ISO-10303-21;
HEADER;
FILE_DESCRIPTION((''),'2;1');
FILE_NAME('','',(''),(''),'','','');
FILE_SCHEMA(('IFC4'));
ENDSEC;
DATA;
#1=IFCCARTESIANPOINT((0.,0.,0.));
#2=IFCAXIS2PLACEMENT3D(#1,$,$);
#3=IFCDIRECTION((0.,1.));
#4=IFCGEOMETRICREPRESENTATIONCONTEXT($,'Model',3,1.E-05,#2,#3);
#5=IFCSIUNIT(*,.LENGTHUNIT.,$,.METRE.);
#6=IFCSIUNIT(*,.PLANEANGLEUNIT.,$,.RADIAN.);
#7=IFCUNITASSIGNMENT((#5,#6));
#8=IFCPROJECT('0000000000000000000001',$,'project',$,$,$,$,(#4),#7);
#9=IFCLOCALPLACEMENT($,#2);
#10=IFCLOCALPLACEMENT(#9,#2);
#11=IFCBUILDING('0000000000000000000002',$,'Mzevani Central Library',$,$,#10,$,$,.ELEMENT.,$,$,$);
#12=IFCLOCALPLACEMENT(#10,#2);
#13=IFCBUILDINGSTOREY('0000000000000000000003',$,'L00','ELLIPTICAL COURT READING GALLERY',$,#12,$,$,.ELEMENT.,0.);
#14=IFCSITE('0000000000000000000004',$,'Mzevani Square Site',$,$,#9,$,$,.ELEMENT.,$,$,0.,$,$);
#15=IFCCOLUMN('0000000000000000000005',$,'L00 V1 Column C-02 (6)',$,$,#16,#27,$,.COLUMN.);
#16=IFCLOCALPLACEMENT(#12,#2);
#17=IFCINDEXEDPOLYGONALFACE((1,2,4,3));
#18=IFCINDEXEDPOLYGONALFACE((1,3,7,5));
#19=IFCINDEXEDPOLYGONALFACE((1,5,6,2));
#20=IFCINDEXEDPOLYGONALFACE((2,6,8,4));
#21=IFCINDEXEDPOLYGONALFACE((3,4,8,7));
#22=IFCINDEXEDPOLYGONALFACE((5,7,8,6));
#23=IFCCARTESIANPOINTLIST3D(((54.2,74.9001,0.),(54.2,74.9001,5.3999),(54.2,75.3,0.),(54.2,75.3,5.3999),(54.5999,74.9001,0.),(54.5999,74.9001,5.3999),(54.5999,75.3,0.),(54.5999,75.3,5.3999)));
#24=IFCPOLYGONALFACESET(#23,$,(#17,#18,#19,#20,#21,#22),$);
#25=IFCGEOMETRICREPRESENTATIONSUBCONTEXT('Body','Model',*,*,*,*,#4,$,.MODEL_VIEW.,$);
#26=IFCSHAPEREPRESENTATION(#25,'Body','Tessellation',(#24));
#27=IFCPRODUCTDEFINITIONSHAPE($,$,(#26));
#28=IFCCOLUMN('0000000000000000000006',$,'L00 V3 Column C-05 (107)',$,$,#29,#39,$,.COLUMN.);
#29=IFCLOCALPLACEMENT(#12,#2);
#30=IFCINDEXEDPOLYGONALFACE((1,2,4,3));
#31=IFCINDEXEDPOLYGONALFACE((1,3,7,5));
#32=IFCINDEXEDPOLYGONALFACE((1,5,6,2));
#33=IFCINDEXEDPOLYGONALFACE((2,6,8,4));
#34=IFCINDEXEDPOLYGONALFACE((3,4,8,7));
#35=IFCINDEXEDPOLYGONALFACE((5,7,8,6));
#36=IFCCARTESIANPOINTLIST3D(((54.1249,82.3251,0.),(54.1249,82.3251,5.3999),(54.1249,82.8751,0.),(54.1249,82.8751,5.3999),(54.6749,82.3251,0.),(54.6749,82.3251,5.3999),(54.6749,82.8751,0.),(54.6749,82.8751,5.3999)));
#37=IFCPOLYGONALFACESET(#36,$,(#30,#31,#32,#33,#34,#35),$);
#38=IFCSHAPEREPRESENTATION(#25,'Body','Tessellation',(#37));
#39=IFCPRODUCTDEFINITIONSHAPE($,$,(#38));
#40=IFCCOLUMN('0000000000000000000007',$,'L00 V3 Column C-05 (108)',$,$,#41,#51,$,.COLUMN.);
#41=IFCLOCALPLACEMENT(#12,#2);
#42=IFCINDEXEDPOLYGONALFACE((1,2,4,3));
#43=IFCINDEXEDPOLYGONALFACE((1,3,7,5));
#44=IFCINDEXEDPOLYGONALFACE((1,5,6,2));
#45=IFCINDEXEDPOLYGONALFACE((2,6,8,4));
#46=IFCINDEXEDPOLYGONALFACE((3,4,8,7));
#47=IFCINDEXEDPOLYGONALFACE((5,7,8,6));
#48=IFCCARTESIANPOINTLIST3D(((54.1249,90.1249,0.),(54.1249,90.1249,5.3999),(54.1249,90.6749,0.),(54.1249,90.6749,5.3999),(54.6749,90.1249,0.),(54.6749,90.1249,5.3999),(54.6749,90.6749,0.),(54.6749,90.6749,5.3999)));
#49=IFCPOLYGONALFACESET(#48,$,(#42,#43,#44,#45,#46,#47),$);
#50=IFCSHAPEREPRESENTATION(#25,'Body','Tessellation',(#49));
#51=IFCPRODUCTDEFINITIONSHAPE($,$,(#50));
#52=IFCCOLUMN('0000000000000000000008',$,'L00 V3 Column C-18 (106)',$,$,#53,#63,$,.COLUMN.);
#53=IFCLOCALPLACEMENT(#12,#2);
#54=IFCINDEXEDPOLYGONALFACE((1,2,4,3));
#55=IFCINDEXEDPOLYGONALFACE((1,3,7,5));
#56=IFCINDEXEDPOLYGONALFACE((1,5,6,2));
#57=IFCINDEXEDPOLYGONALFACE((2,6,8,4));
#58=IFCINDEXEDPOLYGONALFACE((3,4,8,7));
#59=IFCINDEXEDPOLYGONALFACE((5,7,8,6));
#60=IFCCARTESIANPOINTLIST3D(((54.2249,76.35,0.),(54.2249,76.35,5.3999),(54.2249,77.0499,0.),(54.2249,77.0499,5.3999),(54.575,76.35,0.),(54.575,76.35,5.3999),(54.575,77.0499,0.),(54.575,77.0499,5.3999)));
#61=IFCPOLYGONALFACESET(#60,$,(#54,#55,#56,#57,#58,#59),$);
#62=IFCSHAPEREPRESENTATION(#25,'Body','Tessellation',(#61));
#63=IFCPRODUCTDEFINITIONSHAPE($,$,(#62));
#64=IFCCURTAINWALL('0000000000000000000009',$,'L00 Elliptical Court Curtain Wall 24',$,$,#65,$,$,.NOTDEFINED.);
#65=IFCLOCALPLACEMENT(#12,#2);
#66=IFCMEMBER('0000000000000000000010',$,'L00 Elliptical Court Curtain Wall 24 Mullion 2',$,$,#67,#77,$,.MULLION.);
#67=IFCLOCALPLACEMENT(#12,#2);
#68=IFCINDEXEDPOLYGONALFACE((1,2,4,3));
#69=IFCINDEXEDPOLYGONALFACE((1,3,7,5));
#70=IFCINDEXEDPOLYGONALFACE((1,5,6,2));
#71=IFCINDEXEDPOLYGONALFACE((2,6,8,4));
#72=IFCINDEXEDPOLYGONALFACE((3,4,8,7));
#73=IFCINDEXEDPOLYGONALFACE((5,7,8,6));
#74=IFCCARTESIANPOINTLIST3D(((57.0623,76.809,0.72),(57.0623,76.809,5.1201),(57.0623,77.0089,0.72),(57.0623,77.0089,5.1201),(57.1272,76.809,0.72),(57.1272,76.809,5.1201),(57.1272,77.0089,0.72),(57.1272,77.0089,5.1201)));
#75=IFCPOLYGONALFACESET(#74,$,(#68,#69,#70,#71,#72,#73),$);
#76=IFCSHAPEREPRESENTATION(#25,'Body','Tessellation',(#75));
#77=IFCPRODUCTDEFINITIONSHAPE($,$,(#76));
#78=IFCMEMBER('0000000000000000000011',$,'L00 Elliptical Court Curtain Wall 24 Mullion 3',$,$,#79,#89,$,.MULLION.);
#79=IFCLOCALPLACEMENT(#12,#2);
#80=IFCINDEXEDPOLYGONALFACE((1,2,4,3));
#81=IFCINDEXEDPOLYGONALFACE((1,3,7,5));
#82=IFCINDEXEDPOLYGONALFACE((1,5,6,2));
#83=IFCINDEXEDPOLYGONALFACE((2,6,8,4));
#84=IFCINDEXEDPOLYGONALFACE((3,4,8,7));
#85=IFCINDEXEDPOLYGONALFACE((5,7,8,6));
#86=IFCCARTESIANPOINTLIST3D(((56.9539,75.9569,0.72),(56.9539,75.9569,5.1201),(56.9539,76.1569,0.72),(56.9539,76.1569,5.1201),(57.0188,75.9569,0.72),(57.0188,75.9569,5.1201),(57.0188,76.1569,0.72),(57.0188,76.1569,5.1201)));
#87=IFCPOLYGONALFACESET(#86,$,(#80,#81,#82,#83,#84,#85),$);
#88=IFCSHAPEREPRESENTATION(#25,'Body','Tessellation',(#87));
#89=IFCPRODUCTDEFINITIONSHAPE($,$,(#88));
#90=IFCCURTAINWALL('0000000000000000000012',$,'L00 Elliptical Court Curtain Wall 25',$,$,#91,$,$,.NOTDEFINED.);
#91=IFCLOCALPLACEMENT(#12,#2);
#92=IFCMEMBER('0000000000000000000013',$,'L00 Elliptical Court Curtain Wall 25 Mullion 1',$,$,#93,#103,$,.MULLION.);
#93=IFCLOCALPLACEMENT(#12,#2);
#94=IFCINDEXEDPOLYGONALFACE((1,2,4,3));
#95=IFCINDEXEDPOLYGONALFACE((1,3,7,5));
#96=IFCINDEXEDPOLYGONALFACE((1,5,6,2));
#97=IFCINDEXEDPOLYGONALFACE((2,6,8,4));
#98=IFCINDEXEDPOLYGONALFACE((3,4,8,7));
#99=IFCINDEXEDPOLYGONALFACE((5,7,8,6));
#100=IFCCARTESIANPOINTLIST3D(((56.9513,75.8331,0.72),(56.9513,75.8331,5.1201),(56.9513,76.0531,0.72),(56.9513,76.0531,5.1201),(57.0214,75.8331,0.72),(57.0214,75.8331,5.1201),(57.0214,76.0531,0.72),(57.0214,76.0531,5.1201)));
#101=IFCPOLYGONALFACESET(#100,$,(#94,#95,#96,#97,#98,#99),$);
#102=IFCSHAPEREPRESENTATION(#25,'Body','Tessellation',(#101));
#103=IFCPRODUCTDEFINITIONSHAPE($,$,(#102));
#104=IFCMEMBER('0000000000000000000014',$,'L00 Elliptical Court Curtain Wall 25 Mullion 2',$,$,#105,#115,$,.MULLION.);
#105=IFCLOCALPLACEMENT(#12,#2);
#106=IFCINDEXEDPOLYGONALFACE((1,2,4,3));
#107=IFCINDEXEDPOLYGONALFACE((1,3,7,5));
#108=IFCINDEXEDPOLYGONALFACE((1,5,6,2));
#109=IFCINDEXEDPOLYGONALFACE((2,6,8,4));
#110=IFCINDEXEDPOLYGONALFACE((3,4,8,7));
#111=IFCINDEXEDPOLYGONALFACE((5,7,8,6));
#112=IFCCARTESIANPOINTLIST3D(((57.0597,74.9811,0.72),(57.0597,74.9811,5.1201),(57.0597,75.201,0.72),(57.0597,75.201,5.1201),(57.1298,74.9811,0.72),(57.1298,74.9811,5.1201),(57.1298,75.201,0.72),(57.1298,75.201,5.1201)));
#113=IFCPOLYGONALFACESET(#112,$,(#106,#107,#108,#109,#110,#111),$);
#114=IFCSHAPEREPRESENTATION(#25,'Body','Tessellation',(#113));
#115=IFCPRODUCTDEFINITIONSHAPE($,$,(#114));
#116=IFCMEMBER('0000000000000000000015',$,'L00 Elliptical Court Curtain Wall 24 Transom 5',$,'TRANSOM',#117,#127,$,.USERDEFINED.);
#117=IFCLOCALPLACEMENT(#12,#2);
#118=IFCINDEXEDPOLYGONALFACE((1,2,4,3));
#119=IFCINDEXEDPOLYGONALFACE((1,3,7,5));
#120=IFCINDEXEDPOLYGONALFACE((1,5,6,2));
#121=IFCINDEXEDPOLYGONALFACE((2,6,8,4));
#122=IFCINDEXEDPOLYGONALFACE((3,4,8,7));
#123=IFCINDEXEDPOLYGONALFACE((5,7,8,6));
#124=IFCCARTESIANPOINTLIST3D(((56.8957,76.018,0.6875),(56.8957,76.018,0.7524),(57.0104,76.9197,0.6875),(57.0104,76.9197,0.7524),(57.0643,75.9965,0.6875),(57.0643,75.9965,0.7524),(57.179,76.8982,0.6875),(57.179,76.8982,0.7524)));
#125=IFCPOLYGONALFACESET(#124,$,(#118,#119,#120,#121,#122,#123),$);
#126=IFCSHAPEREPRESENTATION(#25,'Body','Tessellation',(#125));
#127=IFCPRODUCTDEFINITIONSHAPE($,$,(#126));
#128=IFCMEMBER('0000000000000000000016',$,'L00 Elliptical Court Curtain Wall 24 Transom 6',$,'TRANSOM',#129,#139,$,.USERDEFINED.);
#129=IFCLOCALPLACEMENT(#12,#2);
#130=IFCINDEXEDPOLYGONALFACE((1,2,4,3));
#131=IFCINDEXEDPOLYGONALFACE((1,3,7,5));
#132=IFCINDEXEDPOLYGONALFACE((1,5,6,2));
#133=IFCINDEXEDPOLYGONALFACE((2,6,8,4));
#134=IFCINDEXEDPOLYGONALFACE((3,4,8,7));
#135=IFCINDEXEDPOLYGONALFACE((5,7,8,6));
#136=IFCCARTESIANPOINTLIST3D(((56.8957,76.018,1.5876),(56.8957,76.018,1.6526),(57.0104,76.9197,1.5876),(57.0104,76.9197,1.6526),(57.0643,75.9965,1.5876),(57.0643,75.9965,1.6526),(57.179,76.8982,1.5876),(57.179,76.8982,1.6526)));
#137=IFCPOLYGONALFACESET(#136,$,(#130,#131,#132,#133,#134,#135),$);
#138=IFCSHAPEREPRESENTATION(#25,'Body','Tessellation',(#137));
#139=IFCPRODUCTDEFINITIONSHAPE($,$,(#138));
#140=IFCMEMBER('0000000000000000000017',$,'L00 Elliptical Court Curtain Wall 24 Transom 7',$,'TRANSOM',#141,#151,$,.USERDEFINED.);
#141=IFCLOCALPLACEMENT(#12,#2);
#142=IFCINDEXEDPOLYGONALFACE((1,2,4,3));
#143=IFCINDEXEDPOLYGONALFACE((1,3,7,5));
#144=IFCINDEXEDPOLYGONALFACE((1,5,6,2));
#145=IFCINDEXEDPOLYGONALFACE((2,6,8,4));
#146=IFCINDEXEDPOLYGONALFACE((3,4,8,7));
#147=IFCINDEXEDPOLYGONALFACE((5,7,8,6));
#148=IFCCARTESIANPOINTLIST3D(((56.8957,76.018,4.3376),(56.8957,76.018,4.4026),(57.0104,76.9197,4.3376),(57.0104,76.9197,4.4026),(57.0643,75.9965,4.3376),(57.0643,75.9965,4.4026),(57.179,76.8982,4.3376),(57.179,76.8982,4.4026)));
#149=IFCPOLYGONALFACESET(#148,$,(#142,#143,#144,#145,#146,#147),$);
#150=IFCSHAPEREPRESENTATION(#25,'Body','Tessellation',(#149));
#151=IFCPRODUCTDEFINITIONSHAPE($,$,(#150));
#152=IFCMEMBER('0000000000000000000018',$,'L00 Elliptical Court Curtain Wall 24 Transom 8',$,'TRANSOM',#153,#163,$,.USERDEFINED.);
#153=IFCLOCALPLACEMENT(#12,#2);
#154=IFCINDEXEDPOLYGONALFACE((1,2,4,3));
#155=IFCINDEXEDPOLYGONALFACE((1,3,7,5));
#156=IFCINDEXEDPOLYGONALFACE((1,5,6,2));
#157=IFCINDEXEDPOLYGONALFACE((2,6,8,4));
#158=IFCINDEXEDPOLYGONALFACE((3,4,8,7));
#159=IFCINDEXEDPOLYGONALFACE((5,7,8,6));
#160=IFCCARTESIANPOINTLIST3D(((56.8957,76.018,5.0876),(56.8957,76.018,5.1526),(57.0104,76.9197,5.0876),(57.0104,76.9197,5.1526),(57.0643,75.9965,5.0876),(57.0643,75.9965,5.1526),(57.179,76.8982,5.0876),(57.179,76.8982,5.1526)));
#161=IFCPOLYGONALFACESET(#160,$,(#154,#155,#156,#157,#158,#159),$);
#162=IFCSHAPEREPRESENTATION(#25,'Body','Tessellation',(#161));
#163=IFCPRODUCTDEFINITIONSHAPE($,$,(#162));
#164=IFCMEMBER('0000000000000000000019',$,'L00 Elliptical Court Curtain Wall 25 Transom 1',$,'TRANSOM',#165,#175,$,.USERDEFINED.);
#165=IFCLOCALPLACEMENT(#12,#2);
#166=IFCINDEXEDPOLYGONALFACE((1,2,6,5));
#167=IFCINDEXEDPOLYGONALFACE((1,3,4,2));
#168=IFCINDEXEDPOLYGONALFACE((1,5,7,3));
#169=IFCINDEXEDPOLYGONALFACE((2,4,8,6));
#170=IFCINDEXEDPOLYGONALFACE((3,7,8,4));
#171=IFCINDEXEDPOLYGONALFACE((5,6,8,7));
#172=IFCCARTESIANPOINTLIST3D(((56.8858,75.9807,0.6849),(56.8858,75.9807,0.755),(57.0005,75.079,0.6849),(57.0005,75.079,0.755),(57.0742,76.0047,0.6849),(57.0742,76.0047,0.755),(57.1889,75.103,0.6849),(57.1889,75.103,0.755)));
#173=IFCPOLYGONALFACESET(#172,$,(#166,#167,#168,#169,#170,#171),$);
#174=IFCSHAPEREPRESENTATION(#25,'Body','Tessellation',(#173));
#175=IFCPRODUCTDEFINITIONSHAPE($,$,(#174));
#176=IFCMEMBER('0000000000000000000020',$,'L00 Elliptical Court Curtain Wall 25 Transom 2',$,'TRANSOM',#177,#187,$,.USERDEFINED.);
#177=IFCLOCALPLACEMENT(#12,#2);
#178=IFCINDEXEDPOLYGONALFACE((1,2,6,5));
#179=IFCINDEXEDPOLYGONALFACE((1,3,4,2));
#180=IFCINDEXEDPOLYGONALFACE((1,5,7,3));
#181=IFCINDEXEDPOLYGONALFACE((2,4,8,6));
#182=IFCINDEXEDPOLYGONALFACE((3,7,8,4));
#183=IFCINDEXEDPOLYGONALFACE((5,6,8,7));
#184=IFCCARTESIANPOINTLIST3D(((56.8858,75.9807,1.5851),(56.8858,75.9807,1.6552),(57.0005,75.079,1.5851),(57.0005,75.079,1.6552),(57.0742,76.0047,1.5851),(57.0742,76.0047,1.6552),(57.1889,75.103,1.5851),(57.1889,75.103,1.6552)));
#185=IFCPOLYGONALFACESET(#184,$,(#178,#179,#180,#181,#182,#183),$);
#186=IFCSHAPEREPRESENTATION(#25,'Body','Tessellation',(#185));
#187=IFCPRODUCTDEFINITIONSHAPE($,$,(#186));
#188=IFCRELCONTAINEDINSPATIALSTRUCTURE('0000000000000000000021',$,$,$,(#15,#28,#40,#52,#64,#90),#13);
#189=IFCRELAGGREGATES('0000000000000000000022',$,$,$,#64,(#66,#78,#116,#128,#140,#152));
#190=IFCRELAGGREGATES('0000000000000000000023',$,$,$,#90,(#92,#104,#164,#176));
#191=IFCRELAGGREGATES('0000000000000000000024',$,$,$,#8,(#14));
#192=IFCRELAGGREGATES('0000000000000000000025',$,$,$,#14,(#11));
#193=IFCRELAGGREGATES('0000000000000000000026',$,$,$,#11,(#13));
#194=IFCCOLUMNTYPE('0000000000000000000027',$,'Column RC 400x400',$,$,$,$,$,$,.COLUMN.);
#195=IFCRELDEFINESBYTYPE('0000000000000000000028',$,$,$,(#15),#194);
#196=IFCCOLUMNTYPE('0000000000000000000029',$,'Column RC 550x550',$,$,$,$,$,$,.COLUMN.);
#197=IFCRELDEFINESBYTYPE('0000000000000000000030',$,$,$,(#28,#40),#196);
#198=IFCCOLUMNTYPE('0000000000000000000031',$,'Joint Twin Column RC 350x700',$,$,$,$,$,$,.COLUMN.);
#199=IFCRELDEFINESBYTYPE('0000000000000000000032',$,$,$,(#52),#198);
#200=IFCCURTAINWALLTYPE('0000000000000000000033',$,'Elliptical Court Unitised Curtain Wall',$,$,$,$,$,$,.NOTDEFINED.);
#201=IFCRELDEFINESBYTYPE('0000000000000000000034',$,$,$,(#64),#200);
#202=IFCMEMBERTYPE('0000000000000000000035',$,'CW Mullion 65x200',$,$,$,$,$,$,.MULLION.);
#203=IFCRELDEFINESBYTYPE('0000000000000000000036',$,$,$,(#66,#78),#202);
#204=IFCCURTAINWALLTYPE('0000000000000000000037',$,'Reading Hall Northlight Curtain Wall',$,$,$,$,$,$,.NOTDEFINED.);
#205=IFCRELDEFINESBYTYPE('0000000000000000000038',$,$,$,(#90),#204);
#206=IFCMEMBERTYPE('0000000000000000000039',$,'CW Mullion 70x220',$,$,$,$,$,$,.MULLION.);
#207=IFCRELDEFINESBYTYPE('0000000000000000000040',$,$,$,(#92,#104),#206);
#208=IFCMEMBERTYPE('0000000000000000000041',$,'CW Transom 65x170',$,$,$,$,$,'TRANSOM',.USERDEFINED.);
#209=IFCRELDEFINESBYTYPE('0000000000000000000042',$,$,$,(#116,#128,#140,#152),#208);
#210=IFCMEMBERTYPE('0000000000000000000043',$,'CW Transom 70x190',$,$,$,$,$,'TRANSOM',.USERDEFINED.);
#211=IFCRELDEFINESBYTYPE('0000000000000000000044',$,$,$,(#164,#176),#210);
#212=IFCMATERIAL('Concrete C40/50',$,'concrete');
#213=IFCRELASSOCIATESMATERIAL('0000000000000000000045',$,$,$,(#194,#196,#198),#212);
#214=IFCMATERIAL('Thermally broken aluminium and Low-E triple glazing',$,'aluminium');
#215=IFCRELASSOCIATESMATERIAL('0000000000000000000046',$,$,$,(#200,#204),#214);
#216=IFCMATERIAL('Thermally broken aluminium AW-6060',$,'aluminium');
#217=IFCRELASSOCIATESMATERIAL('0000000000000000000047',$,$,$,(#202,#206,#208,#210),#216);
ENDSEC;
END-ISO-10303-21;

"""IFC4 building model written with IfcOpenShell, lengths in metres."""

from ifc_helpers import new_model, si_unit, direction, frame, origin, origin_2d, place, context, subcontext, project, spatial, rectangle, extrude, material, material_profile, profile_set, type_object, element, aggregate, save


model = new_model("IFC4")

# Units and contexts
model_context = context("Model", 3, precision=1e-05, world=origin(), true_north=direction((0.0, 1.0)))
body_context = subcontext(model_context, "Body", "Model", "MODEL_VIEW")
ifc_project = project(units=[si_unit("LENGTHUNIT", "METRE"), si_unit("PLANEANGLEUNIT", "RADIAN")], contexts=[model_context])

# Site, building, storey
site_placement = place(None, origin())
site = spatial("IfcSite", under=ifc_project, at=site_placement, Name="Mzevani Square Site", CompositionType="ELEMENT", RefElevation=0.0)
building_placement = place(site_placement, origin())
building = spatial("IfcBuilding", under=site, at=building_placement, Name="Mzevani Central Library", CompositionType="ELEMENT")
storey_placement = place(building_placement, origin())
storey = spatial("IfcBuildingStorey", under=building, at=storey_placement, Name="L00", Description="ELLIPTICAL COURT READING GALLERY", CompositionType="ELEMENT", Elevation=0.0)

# Columns
ifc_material_1 = material(Name="Concrete C40/50", Category="concrete")
ifc_material_profile_1 = material_profile(ifc_material_1, rectangle(XDim=0.3999, YDim=0.3999, at=origin_2d()), Name="RC 400x400")
ifc_profile_set_1 = profile_set([ifc_material_profile_1], Name="Concrete C40/50")
column_type_1 = type_object("IfcColumnType", Name="Column RC 400x400", PredefinedType="COLUMN", material=ifc_profile_set_1)
column_1_placement = place(storey_placement, frame((54.3999, 75.1001, 0.0), z_axis=(0.0, 0.0, 1.0), x_axis=(1.0, 0.0, 0.0)))
element("IfcColumn", 1, at=column_1_placement, inside=storey, type_object=column_type_1, Name="L00 V1 Column C-02 (6)", PredefinedType="COLUMN", context=body_context, shape_type="SweptSolid", body=[
    extrude(rectangle(XDim=0.3999, YDim=0.3999, at=origin_2d()), origin(), (0.0, 0.0, 1.0), 5.3999),
])
ifc_material_profile_2 = material_profile(ifc_material_1, rectangle(XDim=0.55, YDim=0.55, at=origin_2d()), Name="RC 550x550")
ifc_profile_set_2 = profile_set([ifc_material_profile_2], Name="Concrete C40/50")
column_type_2 = type_object("IfcColumnType", Name="Column RC 550x550", PredefinedType="COLUMN", material=ifc_profile_set_2)
for number, where, z_axis, x_axis, name in (
    (2, (54.3999, 82.6001, 0.0), (0.0, 0.0, 1.0), (1.0, 0.0, 0.0), "L00 V3 Column C-05 (107)"),
    (3, (54.3999, 90.3999, 0.0), (0.0, 0.0, 1.0), (1.0, 0.0, 0.0), "L00 V3 Column C-05 (108)"),
):
    element("IfcColumn", number, at=place(storey_placement, frame(where, z_axis=z_axis, x_axis=x_axis)), inside=storey, type_object=column_type_2, Name=name, PredefinedType="COLUMN", context=body_context, shape_type="SweptSolid", body=[
        extrude(rectangle(XDim=0.55, YDim=0.55, at=origin_2d()), origin(), (0.0, 0.0, 1.0), 5.3999),
    ])
ifc_material_profile_3 = material_profile(ifc_material_1, rectangle(XDim=0.3501, YDim=0.7, at=origin_2d()), Name="RC 350x700")
ifc_profile_set_3 = profile_set([ifc_material_profile_3], Name="Concrete C40/50")
column_type_3 = type_object("IfcColumnType", Name="Joint Twin Column RC 350x700", PredefinedType="COLUMN", material=ifc_profile_set_3)
column_2_placement = place(storey_placement, frame((54.3999, 76.7, 0.0), z_axis=(0.0, 0.0, 1.0), x_axis=(1.0, 0.0, 0.0)))
element("IfcColumn", 4, at=column_2_placement, inside=storey, type_object=column_type_3, Name="L00 V3 Column C-18 (106)", PredefinedType="COLUMN", context=body_context, shape_type="SweptSolid", body=[
    extrude(rectangle(XDim=0.3501, YDim=0.7, at=origin_2d()), origin(), (0.0, 0.0, 1.0), 5.3999),
])

# Curtain walls, members
ifc_material_2 = material(Name="Thermally broken aluminium and Low-E triple glazing", Category="aluminium")
curtain_wall_type_1 = type_object("IfcCurtainWallType", Name="Elliptical Court Unitised Curtain Wall", PredefinedType="NOTDEFINED", material=ifc_material_2)
curtain_wall_1_placement = place(storey_placement, origin())
curtain_wall_1 = element("IfcCurtainWall", 5, at=curtain_wall_1_placement, inside=storey, type_object=curtain_wall_type_1, Name="L00 Elliptical Court Curtain Wall 24", PredefinedType="NOTDEFINED")
ifc_material_3 = material(Name="Thermally broken aluminium AW-6060", Category="aluminium")
ifc_material_profile_4 = material_profile(ifc_material_3, rectangle(XDim=0.0649, YDim=0.2, at=origin_2d()), Name="ALU M65x200")
ifc_profile_set_4 = profile_set([ifc_material_profile_4], Name="Thermally broken aluminium AW-6060")
member_type_1 = type_object("IfcMemberType", Name="CW Mullion 65x200", PredefinedType="MULLION", material=ifc_profile_set_4)
member_1_placement = place(storey_placement, frame((57.0947, 76.9089, 0.72), z_axis=(0.0, 0.0, 1.0), x_axis=(1.0, 0.0, 0.0)))
member_1 = element("IfcMember", 6, at=member_1_placement, type_object=member_type_1, Name="L00 Elliptical Court Curtain Wall 24 Mullion 2", PredefinedType="MULLION", context=body_context, shape_type="SweptSolid", body=[
    extrude(rectangle(XDim=0.0649, YDim=0.2, at=origin_2d()), origin(), (0.0, 0.0, 1.0), 4.4001),
])
member_2_placement = place(storey_placement, frame((56.9863, 76.0569, 0.72), z_axis=(0.0, 0.0, 1.0), x_axis=(1.0, 0.0, 0.0)))
member_2 = element("IfcMember", 7, at=member_2_placement, type_object=member_type_1, Name="L00 Elliptical Court Curtain Wall 24 Mullion 3", PredefinedType="MULLION", context=body_context, shape_type="SweptSolid", body=[
    extrude(rectangle(XDim=0.0649, YDim=0.2, at=origin_2d()), origin(), (0.0, 0.0, 1.0), 4.4001),
])
curtain_wall_type_2 = type_object("IfcCurtainWallType", Name="Reading Hall Northlight Curtain Wall", PredefinedType="NOTDEFINED", material=ifc_material_2)
curtain_wall_2_placement = place(storey_placement, origin())
curtain_wall_2 = element("IfcCurtainWall", 8, at=curtain_wall_2_placement, inside=storey, type_object=curtain_wall_type_2, Name="L00 Elliptical Court Curtain Wall 25", PredefinedType="NOTDEFINED")
ifc_material_profile_5 = material_profile(ifc_material_3, rectangle(XDim=0.0701, YDim=0.22, at=origin_2d()), Name="ALU M70x220")
ifc_profile_set_5 = profile_set([ifc_material_profile_5], Name="Thermally broken aluminium AW-6060")
member_type_2 = type_object("IfcMemberType", Name="CW Mullion 70x220", PredefinedType="MULLION", material=ifc_profile_set_5)
member_3_placement = place(storey_placement, frame((56.9863, 75.9431, 0.72), z_axis=(0.0, 0.0, 1.0), x_axis=(1.0, 0.0, 0.0)))
member_3 = element("IfcMember", 9, at=member_3_placement, type_object=member_type_2, Name="L00 Elliptical Court Curtain Wall 25 Mullion 1", PredefinedType="MULLION", context=body_context, shape_type="SweptSolid", body=[
    extrude(rectangle(XDim=0.0701, YDim=0.22, at=origin_2d()), origin(), (0.0, 0.0, 1.0), 4.4001),
])
member_4_placement = place(storey_placement, frame((57.0947, 75.0911, 0.72), z_axis=(0.0, 0.0, 1.0), x_axis=(1.0, 0.0, 0.0)))
member_4 = element("IfcMember", 10, at=member_4_placement, type_object=member_type_2, Name="L00 Elliptical Court Curtain Wall 25 Mullion 2", PredefinedType="MULLION", context=body_context, shape_type="SweptSolid", body=[
    extrude(rectangle(XDim=0.0701, YDim=0.22, at=origin_2d()), origin(), (0.0, 0.0, 1.0), 4.4001),
])

# Members
ifc_material_profile_6 = material_profile(ifc_material_3, rectangle(XDim=0.1699, YDim=0.0649, at=origin_2d()), Name="ALU T65x170")
ifc_profile_set_6 = profile_set([ifc_material_profile_6], Name="Thermally broken aluminium AW-6060")
member_type_3 = type_object("IfcMemberType", Name="CW Transom 65x170", ElementType="TRANSOM", PredefinedType="USERDEFINED", material=ifc_profile_set_6)
member_5_placement = place(storey_placement, frame((57.0947, 76.9089, 0.72), z_axis=(-0.126249, -0.991999, 0.0), x_axis=(0.991999, -0.126249, 0.0)))
member_5 = element("IfcMember", 11, at=member_5_placement, type_object=member_type_3, Name="L00 Elliptical Court Curtain Wall 24 Transom 5", ObjectType="TRANSOM", PredefinedType="USERDEFINED", context=body_context, shape_type="SweptSolid", body=[
    extrude(rectangle(XDim=0.1699, YDim=0.0649, at=origin_2d()), origin(), (0.0, 0.0, 1.0), 0.9089),
])
member_6_placement = place(storey_placement, frame((57.0947, 76.9089, 1.6201), z_axis=(-0.126249, -0.991999, 0.0), x_axis=(0.991999, -0.126249, 0.0)))
member_6 = element("IfcMember", 12, at=member_6_placement, type_object=member_type_3, Name="L00 Elliptical Court Curtain Wall 24 Transom 6", ObjectType="TRANSOM", PredefinedType="USERDEFINED", context=body_context, shape_type="SweptSolid", body=[
    extrude(rectangle(XDim=0.1699, YDim=0.0649, at=origin_2d()), origin(), (0.0, 0.0, 1.0), 0.9089),
])
member_7_placement = place(storey_placement, frame((57.0947, 76.9089, 4.3701), z_axis=(-0.126249, -0.991999, 0.0), x_axis=(0.991999, -0.126249, 0.0)))
member_7 = element("IfcMember", 13, at=member_7_placement, type_object=member_type_3, Name="L00 Elliptical Court Curtain Wall 24 Transom 7", ObjectType="TRANSOM", PredefinedType="USERDEFINED", context=body_context, shape_type="SweptSolid", body=[
    extrude(rectangle(XDim=0.1699, YDim=0.0649, at=origin_2d()), origin(), (0.0, 0.0, 1.0), 0.9089),
])
member_8_placement = place(storey_placement, frame((57.0947, 76.9089, 5.1201), z_axis=(-0.126249, -0.991999, 0.0), x_axis=(0.991999, -0.126249, 0.0)))
member_8 = element("IfcMember", 14, at=member_8_placement, type_object=member_type_3, Name="L00 Elliptical Court Curtain Wall 24 Transom 8", ObjectType="TRANSOM", PredefinedType="USERDEFINED", context=body_context, shape_type="SweptSolid", body=[
    extrude(rectangle(XDim=0.1699, YDim=0.0649, at=origin_2d()), origin(), (0.0, 0.0, 1.0), 0.9089),
])
ifc_material_profile_7 = material_profile(ifc_material_3, rectangle(XDim=0.1899, YDim=0.0701, at=origin_2d()), Name="ALU T70x190")
ifc_profile_set_7 = profile_set([ifc_material_profile_7], Name="Thermally broken aluminium AW-6060")
member_type_4 = type_object("IfcMemberType", Name="CW Transom 70x190", ElementType="TRANSOM", PredefinedType="USERDEFINED", material=ifc_profile_set_7)
member_9_placement = place(storey_placement, frame((56.98, 75.9927, 0.72), z_axis=(0.126249, -0.991999, 0.0), x_axis=(0.991999, 0.126249, 0.0)))
member_9 = element("IfcMember", 15, at=member_9_placement, type_object=member_type_4, Name="L00 Elliptical Court Curtain Wall 25 Transom 1", ObjectType="TRANSOM", PredefinedType="USERDEFINED", context=body_context, shape_type="SweptSolid", body=[
    extrude(rectangle(XDim=0.1899, YDim=0.0701, at=origin_2d()), origin(), (0.0, 0.0, 1.0), 0.9089),
])
member_10_placement = place(storey_placement, frame((56.98, 75.9927, 1.6201), z_axis=(0.126249, -0.991999, 0.0), x_axis=(0.991999, 0.126249, 0.0)))
member_10 = element("IfcMember", 16, at=member_10_placement, type_object=member_type_4, Name="L00 Elliptical Court Curtain Wall 25 Transom 2", ObjectType="TRANSOM", PredefinedType="USERDEFINED", context=body_context, shape_type="SweptSolid", body=[
    extrude(rectangle(XDim=0.1899, YDim=0.0701, at=origin_2d()), origin(), (0.0, 0.0, 1.0), 0.9089),
])

aggregate(curtain_wall_1, [member_1, member_2, member_5, member_6, member_7, member_8])
aggregate(curtain_wall_2, [member_3, member_4, member_9, member_10])

save(model, "model.ifc")
